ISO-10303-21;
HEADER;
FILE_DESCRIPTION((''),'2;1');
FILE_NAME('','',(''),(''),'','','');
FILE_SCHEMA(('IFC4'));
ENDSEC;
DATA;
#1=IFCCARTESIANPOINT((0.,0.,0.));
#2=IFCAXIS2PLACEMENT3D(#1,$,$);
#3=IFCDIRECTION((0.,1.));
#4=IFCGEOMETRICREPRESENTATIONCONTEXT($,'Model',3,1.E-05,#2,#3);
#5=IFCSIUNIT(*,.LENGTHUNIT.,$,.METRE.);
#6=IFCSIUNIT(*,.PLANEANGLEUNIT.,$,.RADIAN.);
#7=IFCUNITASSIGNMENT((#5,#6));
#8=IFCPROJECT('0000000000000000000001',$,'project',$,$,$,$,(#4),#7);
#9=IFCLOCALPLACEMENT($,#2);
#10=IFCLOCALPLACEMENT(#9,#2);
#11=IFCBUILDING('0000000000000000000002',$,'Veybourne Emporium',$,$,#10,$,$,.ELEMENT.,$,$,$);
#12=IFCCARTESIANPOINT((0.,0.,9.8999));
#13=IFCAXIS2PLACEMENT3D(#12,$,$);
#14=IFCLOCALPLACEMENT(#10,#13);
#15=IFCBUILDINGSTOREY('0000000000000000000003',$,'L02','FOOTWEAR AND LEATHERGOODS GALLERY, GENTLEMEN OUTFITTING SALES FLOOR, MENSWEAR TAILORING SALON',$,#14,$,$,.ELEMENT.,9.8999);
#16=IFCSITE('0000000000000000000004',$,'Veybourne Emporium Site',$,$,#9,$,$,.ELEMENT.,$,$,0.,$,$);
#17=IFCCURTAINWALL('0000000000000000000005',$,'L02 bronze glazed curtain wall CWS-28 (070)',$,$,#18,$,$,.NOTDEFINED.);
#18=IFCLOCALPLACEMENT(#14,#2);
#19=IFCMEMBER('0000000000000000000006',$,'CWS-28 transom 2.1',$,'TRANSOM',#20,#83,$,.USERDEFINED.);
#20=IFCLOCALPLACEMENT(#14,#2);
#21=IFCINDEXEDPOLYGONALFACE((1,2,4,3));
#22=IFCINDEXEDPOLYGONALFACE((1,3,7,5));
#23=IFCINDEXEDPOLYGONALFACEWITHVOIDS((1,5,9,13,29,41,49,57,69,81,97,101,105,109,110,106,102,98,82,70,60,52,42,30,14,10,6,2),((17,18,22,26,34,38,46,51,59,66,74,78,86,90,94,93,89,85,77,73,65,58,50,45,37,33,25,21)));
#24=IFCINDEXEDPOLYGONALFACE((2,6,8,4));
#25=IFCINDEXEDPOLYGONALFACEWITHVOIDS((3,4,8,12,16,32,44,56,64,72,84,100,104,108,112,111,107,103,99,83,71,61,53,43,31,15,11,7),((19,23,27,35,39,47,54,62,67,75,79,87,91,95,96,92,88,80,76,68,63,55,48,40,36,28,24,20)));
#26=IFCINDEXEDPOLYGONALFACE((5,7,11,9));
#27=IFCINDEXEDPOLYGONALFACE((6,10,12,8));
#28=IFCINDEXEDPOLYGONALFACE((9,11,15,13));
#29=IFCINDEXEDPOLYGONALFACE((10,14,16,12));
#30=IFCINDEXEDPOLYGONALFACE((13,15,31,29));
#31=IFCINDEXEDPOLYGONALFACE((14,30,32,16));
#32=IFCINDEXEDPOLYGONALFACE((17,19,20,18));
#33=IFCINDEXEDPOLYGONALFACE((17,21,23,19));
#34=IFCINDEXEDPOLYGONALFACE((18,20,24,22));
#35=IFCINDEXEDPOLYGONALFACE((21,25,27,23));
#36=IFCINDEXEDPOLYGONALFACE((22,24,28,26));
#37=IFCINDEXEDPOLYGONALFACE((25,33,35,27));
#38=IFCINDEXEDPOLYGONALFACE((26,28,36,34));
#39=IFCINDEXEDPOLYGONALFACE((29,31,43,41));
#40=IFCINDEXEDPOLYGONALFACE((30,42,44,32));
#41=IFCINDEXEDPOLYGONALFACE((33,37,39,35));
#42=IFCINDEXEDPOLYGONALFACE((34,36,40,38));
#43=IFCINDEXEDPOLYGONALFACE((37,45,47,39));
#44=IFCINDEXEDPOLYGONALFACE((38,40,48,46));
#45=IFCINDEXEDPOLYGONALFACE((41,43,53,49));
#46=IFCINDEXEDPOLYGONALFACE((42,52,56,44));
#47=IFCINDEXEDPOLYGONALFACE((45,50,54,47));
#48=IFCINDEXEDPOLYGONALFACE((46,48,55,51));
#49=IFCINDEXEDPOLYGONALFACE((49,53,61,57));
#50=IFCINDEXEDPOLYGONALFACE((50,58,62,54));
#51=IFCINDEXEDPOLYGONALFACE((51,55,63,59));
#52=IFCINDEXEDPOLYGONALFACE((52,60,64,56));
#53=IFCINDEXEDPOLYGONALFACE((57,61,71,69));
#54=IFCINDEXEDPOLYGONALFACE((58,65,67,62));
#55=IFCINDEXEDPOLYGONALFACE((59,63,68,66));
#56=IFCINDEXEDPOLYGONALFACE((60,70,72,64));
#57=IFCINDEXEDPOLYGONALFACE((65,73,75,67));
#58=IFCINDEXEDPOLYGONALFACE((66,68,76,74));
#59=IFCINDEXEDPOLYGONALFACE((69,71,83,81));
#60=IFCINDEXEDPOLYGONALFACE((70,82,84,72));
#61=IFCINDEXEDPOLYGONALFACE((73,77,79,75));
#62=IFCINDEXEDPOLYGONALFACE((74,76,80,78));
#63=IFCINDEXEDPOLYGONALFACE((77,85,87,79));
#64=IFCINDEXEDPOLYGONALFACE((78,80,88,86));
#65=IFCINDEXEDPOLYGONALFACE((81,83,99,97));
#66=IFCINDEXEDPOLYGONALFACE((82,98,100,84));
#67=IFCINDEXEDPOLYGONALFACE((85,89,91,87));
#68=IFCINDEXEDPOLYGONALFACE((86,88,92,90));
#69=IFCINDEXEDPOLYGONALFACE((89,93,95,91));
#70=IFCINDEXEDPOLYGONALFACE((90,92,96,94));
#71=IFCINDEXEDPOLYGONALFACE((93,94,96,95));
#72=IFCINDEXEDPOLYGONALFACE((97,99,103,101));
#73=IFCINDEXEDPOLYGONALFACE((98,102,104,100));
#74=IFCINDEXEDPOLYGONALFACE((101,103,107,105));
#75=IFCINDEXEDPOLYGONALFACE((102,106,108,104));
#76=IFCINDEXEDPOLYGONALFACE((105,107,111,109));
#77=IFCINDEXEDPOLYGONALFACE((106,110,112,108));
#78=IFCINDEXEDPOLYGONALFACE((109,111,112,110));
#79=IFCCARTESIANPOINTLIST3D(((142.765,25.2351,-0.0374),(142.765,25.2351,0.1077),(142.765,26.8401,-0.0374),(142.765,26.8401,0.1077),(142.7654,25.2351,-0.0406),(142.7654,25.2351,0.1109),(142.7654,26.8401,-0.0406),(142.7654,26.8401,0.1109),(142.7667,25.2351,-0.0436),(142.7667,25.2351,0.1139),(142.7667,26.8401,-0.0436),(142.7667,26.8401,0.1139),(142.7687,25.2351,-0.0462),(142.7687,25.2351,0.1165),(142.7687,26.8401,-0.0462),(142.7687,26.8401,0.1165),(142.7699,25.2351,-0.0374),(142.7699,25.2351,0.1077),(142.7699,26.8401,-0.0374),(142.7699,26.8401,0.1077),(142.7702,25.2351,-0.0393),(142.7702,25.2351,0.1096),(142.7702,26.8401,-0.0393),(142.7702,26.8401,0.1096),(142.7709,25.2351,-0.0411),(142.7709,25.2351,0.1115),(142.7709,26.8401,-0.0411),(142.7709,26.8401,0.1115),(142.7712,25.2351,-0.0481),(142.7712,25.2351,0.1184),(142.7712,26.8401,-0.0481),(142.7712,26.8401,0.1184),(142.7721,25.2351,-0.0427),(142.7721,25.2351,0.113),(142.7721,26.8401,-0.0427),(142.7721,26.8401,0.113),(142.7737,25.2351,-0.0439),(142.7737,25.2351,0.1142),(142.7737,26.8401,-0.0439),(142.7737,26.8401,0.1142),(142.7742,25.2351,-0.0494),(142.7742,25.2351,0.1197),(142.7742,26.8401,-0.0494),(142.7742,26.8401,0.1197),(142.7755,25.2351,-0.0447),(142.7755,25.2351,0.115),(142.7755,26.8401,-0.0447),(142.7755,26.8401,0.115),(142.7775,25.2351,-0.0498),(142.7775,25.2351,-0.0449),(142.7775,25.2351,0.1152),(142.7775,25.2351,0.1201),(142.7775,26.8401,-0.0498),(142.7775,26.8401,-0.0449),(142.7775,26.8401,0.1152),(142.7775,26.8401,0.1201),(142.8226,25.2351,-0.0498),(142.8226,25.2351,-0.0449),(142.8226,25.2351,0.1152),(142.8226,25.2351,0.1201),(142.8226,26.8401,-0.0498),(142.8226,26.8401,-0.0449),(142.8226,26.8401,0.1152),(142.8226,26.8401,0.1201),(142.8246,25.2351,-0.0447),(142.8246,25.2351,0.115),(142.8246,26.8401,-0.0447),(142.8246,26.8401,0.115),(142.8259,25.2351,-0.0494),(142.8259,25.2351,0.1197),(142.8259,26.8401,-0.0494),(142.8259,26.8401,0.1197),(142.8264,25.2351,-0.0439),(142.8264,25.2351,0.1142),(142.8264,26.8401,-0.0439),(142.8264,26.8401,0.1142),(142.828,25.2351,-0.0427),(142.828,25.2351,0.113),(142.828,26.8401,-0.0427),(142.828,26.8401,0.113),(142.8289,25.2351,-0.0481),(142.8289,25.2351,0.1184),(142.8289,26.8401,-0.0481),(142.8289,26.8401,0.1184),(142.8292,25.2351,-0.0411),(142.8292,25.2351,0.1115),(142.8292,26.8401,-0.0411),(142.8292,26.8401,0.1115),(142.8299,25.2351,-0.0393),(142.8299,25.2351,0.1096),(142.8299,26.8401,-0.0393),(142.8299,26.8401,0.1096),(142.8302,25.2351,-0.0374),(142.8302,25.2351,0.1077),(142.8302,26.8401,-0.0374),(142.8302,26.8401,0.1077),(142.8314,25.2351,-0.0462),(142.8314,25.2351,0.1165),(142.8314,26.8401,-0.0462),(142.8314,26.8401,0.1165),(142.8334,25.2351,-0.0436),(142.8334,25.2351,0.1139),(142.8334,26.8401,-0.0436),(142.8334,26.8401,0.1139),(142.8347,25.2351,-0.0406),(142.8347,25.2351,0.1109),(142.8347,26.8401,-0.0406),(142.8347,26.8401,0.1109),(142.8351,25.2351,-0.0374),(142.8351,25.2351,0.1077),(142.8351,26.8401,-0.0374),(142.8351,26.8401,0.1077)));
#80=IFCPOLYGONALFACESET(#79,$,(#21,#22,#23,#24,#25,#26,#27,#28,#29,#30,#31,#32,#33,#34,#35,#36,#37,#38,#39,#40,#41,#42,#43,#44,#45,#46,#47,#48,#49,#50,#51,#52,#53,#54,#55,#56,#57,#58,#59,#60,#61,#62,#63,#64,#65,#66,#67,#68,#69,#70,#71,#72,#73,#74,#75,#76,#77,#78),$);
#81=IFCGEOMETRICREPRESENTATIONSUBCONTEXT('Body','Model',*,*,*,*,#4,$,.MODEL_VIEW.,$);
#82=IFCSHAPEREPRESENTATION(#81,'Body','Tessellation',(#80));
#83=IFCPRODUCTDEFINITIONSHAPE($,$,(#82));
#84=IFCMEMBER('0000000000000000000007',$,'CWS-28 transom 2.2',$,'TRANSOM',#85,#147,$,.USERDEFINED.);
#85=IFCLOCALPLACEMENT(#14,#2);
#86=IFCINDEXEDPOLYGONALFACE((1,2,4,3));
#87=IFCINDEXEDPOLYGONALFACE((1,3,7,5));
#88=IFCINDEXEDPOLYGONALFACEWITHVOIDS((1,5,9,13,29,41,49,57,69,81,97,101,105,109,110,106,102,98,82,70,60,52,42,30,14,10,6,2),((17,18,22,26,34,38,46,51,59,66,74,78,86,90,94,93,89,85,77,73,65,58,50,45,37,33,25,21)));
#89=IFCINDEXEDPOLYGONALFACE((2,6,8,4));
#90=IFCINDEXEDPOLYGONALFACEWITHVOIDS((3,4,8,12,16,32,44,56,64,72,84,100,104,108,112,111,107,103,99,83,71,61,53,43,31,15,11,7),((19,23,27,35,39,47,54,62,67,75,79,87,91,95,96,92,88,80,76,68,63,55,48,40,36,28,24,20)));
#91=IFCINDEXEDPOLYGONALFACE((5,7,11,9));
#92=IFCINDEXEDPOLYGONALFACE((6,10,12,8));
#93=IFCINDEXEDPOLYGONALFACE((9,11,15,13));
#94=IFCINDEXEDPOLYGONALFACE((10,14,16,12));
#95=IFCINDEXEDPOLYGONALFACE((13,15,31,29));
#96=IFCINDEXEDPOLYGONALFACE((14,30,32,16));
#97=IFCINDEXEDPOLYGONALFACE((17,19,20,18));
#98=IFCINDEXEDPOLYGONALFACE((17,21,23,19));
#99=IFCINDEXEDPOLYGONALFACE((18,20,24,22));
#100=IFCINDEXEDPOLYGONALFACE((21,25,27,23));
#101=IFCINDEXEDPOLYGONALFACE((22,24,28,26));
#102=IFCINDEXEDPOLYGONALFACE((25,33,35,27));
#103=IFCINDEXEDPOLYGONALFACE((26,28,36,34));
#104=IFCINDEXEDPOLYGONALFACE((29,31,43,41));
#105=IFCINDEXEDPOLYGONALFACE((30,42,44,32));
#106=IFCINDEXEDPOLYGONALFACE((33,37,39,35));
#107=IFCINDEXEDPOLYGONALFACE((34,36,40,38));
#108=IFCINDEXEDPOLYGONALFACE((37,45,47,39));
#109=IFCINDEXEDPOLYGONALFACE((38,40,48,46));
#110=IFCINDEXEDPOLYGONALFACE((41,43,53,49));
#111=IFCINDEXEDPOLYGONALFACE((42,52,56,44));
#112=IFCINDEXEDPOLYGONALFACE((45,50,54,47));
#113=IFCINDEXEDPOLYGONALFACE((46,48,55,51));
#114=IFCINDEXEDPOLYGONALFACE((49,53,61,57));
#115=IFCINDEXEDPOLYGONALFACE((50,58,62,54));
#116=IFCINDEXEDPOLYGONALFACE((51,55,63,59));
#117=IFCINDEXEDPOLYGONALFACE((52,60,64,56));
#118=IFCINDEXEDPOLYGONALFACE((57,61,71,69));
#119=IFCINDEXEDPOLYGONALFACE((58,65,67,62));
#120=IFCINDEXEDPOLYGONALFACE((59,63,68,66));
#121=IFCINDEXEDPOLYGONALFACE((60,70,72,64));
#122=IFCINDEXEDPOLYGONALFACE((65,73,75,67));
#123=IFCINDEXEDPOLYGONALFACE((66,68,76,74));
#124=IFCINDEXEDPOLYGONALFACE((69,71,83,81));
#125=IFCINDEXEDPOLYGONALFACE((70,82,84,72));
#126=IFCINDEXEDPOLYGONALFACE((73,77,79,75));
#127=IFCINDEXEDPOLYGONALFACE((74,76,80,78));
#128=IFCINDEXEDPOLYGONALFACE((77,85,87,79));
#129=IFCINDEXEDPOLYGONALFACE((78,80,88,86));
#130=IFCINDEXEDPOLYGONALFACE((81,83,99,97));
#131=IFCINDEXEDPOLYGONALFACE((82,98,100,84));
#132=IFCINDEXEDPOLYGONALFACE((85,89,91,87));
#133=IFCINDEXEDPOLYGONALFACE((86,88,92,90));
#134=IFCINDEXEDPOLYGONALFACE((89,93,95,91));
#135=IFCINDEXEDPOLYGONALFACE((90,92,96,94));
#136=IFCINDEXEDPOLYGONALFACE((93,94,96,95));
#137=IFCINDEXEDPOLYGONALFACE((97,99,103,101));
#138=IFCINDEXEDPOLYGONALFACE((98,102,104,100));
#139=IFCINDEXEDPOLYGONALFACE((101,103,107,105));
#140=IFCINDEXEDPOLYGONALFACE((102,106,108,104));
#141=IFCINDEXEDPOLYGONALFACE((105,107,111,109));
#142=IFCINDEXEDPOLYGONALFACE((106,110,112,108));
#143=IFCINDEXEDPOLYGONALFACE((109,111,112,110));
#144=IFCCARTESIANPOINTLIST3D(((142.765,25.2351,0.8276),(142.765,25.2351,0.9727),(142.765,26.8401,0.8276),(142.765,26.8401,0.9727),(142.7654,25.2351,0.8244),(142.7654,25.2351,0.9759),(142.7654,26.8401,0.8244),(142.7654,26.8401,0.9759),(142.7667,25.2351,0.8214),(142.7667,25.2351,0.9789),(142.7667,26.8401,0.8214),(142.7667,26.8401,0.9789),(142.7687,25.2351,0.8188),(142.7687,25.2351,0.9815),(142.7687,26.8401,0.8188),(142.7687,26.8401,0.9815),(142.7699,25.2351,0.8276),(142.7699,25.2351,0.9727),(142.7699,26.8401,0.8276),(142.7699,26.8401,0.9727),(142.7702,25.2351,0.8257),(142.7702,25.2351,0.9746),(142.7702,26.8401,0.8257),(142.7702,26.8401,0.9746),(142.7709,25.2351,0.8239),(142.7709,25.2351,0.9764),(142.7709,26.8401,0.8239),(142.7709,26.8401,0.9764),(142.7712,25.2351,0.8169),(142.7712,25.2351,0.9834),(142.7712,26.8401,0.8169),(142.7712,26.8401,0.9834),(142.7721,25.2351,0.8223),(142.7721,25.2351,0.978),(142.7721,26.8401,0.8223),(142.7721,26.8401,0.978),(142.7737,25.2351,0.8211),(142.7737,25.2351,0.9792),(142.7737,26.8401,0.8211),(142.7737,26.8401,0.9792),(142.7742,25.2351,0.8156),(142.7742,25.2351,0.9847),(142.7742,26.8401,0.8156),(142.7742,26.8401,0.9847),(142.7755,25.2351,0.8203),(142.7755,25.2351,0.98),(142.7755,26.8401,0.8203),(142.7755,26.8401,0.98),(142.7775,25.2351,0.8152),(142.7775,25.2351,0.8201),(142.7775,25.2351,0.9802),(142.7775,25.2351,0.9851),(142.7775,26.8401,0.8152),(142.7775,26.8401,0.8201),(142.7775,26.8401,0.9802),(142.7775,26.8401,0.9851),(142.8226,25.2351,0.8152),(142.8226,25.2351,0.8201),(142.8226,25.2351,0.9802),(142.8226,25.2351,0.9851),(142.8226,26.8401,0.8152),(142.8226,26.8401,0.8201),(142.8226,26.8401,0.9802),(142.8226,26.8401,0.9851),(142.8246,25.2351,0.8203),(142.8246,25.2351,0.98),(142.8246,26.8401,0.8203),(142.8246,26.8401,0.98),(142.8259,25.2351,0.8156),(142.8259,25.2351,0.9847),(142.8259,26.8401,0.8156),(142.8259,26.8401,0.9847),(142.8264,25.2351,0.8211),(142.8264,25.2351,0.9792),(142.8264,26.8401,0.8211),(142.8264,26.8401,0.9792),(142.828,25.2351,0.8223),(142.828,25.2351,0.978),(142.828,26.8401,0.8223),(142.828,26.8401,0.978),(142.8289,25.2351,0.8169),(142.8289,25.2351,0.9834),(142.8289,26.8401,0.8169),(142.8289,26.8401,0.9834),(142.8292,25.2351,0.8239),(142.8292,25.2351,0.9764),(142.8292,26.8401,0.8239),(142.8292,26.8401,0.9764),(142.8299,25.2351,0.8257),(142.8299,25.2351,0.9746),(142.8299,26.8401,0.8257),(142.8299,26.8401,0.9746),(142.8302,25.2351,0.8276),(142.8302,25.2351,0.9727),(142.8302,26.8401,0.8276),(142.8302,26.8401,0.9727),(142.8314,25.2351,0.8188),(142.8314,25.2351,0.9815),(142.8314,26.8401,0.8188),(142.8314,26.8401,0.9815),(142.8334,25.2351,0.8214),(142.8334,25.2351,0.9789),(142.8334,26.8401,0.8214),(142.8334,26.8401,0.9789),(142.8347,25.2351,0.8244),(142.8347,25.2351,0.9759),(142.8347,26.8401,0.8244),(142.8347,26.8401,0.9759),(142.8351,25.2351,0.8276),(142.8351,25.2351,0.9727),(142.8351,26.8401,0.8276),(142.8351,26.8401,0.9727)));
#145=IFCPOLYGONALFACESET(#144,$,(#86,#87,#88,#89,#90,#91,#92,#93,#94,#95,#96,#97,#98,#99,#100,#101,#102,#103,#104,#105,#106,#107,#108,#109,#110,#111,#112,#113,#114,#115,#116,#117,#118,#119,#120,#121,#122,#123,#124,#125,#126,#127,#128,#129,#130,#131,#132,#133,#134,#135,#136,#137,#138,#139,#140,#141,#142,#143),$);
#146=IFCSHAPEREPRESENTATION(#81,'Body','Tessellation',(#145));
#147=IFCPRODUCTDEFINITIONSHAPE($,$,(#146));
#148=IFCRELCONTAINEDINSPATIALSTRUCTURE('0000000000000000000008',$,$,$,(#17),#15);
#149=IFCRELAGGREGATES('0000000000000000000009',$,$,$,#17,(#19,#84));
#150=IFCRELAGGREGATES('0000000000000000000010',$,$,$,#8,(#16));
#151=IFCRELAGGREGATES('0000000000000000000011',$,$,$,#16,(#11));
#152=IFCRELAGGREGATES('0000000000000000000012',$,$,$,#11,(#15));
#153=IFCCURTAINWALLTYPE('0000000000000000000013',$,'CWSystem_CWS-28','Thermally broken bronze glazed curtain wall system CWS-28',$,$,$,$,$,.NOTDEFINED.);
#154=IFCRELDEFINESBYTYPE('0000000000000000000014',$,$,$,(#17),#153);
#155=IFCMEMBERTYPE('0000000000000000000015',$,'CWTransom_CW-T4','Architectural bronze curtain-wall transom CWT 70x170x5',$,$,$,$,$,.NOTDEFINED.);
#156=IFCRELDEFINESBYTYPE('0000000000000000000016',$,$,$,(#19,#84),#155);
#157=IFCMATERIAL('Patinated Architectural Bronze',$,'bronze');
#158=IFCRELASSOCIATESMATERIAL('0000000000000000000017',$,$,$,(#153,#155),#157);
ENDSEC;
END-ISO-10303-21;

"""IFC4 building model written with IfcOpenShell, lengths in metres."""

from ifc_helpers import new_model, si_unit, direction, frame, origin, origin_2d, place, context, subcontext, project, spatial, hollow_rectangle, extrude, material, material_profile, profile_set, type_object, element, aggregate, save


model = new_model("IFC4")

# Units and contexts
model_context = context("Model", 3, precision=1e-05, world=origin(), true_north=direction((0.0, 1.0)))
body_context = subcontext(model_context, "Body", "Model", "MODEL_VIEW")
ifc_project = project(units=[si_unit("LENGTHUNIT", "METRE"), si_unit("PLANEANGLEUNIT", "RADIAN")], contexts=[model_context])

# Site, building, storey
site_placement = place(None, origin())
site = spatial("IfcSite", under=ifc_project, at=site_placement, Name="Veybourne Emporium Site", CompositionType="ELEMENT", RefElevation=0.0)
building_placement = place(site_placement, origin())
building = spatial("IfcBuilding", under=site, at=building_placement, Name="Veybourne Emporium", CompositionType="ELEMENT")
storey_placement = place(building_placement, frame((0.0, 0.0, 9.8999)))
storey = spatial("IfcBuildingStorey", under=building, at=storey_placement, Name="L02", Description="FOOTWEAR AND LEATHERGOODS GALLERY, GENTLEMEN OUTFITTING SALES FLOOR, MENSWEAR TAILORING SALON", CompositionType="ELEMENT", Elevation=9.8999)

# Curtain wall, members
ifc_material_1 = material(Name="Patinated Architectural Bronze", Category="bronze")
curtain_wall_type = type_object("IfcCurtainWallType", Name="CWSystem_CWS-28", Description="Thermally broken bronze glazed curtain wall system CWS-28", PredefinedType="NOTDEFINED", material=ifc_material_1)
curtain_wall_placement = place(storey_placement, origin())
curtain_wall = element("IfcCurtainWall", 1, at=curtain_wall_placement, inside=storey, type_object=curtain_wall_type, Name="L02 bronze glazed curtain wall CWS-28 (070)", PredefinedType="NOTDEFINED")
ifc_material_profile_1 = material_profile(ifc_material_1, hollow_rectangle(XDim=0.0701, YDim=0.1699, WallThickness=0.0049, InnerFilletRadius=0.0076, OuterFilletRadius=0.0125, at=origin_2d()), Name="CWT 70x170x5")
ifc_profile_set_1 = profile_set([ifc_material_profile_1], Name="Patinated Architectural Bronze")
member_type_1 = type_object("IfcMemberType", Name="CWTransom_CW-T4", Description="Architectural bronze curtain-wall transom CWT 70x170x5", PredefinedType="NOTDEFINED", material=ifc_profile_set_1)
member_1_placement = place(storey_placement, frame((142.8, 26.8401, 0.0352), z_axis=(0.0, -1.0, 0.0), x_axis=(1.0, 0.0, 0.0)))
member_1 = element("IfcMember", 2, at=member_1_placement, type_object=member_type_1, Name="CWS-28 transom 2.1", ObjectType="TRANSOM", PredefinedType="USERDEFINED", context=body_context, shape_type="SweptSolid", body=[
    extrude(hollow_rectangle(XDim=0.0701, YDim=0.1699, WallThickness=0.0049, InnerFilletRadius=0.0076, OuterFilletRadius=0.0125, at=origin_2d()), origin(), (0.0, 0.0, 1.0), 1.605),
])
member_2_placement = place(storey_placement, frame((142.8, 26.8401, 0.9001), z_axis=(0.0, -1.0, 0.0), x_axis=(1.0, 0.0, 0.0)))
member_2 = element("IfcMember", 3, at=member_2_placement, type_object=member_type_1, Name="CWS-28 transom 2.2", ObjectType="TRANSOM", PredefinedType="USERDEFINED", context=body_context, shape_type="SweptSolid", body=[
    extrude(hollow_rectangle(XDim=0.0701, YDim=0.1699, WallThickness=0.0049, InnerFilletRadius=0.0076, OuterFilletRadius=0.0125, at=origin_2d()), origin(), (0.0, 0.0, 1.0), 1.605),
])
aggregate(curtain_wall, [member_1, member_2])

save(model, "model.ifc")
